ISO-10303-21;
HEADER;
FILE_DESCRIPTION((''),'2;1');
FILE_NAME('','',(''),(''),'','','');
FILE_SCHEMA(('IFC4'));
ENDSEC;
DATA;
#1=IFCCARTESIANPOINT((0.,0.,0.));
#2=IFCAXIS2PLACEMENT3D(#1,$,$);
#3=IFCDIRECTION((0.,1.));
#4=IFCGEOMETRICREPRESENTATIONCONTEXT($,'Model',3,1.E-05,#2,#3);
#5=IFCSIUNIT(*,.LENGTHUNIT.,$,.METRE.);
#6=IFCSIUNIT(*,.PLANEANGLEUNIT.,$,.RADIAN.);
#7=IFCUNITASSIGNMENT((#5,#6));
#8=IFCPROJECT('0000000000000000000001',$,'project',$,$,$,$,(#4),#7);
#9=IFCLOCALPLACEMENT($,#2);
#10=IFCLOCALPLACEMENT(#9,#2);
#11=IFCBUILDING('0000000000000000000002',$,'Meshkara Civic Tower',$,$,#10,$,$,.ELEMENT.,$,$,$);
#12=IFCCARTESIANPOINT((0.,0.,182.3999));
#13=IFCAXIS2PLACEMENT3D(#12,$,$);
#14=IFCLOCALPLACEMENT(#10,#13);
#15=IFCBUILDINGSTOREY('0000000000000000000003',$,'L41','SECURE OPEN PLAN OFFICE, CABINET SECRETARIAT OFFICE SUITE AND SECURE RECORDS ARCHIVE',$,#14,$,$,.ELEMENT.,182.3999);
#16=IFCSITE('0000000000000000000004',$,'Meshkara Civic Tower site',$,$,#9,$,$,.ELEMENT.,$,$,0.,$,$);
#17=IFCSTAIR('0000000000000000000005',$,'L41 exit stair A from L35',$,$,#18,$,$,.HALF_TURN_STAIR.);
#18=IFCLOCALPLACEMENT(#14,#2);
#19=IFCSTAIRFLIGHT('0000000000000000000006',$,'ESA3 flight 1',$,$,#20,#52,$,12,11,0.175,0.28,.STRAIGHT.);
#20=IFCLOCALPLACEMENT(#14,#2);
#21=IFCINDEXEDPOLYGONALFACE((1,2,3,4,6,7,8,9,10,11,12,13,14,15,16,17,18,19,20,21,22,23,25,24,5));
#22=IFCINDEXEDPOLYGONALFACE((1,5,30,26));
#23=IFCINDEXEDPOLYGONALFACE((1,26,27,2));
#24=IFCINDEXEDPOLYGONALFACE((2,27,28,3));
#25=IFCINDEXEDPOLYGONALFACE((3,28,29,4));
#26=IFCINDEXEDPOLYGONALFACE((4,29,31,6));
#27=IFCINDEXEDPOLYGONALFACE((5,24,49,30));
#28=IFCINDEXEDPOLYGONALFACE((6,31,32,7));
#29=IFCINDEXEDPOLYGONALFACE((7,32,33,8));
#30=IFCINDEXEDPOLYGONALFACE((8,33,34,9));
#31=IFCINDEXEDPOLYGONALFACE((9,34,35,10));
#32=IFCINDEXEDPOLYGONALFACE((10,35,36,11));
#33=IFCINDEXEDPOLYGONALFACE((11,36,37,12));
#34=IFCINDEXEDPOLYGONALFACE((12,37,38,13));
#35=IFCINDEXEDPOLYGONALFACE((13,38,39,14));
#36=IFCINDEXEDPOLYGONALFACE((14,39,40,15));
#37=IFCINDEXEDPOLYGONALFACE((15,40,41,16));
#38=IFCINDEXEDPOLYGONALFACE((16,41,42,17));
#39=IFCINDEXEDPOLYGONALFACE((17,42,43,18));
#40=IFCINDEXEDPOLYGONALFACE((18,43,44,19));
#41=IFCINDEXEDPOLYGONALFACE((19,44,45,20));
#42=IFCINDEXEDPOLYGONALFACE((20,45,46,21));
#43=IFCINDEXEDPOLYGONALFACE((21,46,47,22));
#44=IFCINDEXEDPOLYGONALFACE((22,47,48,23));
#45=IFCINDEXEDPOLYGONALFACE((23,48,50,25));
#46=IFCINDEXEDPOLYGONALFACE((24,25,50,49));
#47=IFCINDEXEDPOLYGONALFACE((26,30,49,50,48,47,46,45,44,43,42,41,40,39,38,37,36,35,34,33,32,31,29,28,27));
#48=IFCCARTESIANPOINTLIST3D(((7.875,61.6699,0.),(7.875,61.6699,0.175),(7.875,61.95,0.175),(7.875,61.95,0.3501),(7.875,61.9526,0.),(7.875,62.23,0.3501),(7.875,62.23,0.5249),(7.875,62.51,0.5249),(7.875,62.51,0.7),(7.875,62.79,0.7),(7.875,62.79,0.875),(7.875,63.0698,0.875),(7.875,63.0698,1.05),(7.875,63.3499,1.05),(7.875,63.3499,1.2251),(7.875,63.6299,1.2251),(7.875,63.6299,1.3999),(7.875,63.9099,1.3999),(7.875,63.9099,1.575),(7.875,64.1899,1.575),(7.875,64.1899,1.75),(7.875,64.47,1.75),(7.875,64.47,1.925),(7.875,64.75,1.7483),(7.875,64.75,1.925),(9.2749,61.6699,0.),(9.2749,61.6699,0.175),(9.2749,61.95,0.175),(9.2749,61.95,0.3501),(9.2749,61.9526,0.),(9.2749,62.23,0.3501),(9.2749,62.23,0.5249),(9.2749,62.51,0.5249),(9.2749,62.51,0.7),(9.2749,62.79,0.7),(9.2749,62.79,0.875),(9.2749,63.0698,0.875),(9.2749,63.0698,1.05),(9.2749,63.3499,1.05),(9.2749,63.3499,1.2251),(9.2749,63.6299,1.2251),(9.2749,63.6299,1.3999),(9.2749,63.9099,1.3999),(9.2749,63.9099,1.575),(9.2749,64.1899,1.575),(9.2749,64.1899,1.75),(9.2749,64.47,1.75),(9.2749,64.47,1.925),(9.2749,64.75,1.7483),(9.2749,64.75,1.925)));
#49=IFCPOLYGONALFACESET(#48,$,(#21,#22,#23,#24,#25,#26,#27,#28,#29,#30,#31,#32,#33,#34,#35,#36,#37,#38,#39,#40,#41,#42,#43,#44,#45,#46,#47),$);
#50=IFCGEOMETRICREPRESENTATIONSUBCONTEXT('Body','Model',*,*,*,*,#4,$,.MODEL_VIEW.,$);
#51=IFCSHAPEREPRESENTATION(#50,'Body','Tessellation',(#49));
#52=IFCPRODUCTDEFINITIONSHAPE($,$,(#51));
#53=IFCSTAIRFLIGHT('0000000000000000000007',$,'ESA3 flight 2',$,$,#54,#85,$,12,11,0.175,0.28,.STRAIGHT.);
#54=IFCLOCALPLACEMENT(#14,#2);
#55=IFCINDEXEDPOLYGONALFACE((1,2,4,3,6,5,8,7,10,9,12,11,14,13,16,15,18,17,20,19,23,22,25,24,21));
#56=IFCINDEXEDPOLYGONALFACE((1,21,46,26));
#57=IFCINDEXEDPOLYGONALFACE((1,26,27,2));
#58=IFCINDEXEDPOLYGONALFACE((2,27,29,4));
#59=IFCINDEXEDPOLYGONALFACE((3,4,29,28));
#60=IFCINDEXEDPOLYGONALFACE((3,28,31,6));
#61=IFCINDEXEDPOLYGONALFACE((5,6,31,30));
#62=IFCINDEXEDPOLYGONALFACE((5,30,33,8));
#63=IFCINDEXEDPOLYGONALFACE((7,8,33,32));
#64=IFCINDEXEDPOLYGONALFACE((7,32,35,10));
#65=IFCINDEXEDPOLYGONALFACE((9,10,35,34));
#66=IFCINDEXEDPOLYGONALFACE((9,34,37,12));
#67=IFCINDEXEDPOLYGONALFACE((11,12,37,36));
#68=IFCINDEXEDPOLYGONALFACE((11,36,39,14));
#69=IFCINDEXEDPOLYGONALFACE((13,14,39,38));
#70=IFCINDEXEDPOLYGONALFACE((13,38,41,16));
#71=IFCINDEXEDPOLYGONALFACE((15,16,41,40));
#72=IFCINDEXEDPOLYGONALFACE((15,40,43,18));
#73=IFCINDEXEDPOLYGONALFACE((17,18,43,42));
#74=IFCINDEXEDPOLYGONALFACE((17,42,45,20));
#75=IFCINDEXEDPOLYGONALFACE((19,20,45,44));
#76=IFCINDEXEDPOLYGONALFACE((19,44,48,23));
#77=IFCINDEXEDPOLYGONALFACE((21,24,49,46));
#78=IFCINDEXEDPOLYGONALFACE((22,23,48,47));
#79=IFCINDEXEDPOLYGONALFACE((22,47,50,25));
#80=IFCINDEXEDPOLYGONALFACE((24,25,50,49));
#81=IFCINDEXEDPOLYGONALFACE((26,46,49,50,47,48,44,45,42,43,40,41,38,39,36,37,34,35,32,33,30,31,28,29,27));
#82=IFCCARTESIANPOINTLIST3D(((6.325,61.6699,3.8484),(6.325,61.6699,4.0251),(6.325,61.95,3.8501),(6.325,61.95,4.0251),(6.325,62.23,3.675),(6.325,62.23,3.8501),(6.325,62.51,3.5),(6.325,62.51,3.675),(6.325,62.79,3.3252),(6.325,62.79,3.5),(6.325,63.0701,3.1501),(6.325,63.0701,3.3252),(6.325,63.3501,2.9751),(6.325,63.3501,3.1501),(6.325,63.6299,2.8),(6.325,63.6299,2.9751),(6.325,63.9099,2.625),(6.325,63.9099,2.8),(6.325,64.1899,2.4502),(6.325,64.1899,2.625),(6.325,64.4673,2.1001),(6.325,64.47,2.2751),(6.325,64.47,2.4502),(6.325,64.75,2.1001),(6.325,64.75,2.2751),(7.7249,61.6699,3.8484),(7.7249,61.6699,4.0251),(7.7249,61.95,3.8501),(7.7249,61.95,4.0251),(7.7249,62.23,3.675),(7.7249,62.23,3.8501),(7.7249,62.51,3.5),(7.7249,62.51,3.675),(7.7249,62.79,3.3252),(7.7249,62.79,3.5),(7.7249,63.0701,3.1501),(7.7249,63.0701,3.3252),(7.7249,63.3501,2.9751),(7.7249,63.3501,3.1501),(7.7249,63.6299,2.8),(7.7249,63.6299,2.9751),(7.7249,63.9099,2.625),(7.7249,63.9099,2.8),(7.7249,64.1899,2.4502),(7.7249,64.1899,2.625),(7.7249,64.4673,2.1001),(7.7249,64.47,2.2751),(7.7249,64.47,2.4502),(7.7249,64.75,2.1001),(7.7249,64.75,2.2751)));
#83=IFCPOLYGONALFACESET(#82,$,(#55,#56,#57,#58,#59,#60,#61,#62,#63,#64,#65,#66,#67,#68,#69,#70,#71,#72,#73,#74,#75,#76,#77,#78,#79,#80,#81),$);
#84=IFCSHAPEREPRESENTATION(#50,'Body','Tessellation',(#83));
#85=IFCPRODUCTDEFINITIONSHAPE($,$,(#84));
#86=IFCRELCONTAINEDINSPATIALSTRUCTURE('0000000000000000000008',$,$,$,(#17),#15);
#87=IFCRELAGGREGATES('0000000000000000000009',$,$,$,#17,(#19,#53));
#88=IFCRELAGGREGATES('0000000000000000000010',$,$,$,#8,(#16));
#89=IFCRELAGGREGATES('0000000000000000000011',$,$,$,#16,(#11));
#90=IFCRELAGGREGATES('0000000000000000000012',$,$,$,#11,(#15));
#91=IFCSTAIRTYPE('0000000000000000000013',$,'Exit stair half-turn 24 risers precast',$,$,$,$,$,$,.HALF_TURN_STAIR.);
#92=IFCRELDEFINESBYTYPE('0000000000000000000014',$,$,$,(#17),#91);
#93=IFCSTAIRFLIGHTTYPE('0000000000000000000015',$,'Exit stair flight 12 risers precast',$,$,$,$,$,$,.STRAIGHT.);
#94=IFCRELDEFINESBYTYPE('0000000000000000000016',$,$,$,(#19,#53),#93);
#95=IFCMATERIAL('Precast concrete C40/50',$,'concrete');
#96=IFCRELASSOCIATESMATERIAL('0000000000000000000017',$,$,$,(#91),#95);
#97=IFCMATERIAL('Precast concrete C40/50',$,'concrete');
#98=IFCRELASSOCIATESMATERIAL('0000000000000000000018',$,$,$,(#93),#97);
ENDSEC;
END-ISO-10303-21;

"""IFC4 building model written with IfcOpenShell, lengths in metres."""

from ifc_helpers import new_model, si_unit, direction, frame, origin, place, context, subcontext, project, spatial, polyline, outline, extrude, material, type_object, element, aggregate, save


model = new_model("IFC4")

# Units and contexts
model_context = context("Model", 3, precision=1e-05, world=origin(), true_north=direction((0.0, 1.0)))
body_context = subcontext(model_context, "Body", "Model", "MODEL_VIEW")
ifc_project = project(units=[si_unit("LENGTHUNIT", "METRE"), si_unit("PLANEANGLEUNIT", "RADIAN")], contexts=[model_context])

# Site, building, storey
site_placement = place(None, origin())
site = spatial("IfcSite", under=ifc_project, at=site_placement, Name="Meshkara Civic Tower site", CompositionType="ELEMENT", RefElevation=0.0)
building_placement = place(site_placement, origin())
building = spatial("IfcBuilding", under=site, at=building_placement, Name="Meshkara Civic Tower", CompositionType="ELEMENT")
storey_placement = place(building_placement, frame((0.0, 0.0, 182.3999)))
storey = spatial("IfcBuildingStorey", under=building, at=storey_placement, Name="L41", Description="SECURE OPEN PLAN OFFICE, CABINET SECRETARIAT OFFICE SUITE AND SECURE RECORDS ARCHIVE", CompositionType="ELEMENT", Elevation=182.3999)

# Stair, stair flights
ifc_material_1 = material(Name="Precast concrete C40/50", Category="concrete")
stair_type = type_object("IfcStairType", Name="Exit stair half-turn 24 risers precast", PredefinedType="HALF_TURN_STAIR", material=ifc_material_1)
stair_placement = place(storey_placement, origin())
stair = element("IfcStair", 1, at=stair_placement, inside=storey, type_object=stair_type, Name="L41 exit stair A from L35", PredefinedType="HALF_TURN_STAIR")
ifc_material_2 = material(Name="Precast concrete C40/50", Category="concrete")
stair_flight_type = type_object("IfcStairFlightType", Name="Exit stair flight 12 risers precast", PredefinedType="STRAIGHT", material=ifc_material_2)
stair_flight_1_placement = place(storey_placement, frame((8.575, 61.6699, 0.0), z_axis=(0.0, 0.0, 1.0), x_axis=(0.0, 1.0, 0.0)))
stair_flight_1 = element("IfcStairFlight", 2, at=stair_flight_1_placement, type_object=stair_flight_type, Name="ESA3 flight 1", NumberOfRisers=12, NumberOfTreads=11, PredefinedType="STRAIGHT", RiserHeight=0.175, TreadLength=0.28, context=body_context, shape_type="SweptSolid", body=[
    extrude(outline(polyline([(0.0, 0.0), (0.0, 0.175), (0.28, 0.175), (0.28, 0.3501), (0.5601, 0.3501), (0.5601, 0.5249), (0.8401, 0.5249), (0.8401, 0.7), (1.1201, 0.7), (1.1201, 0.875), (1.3999, 0.875), (1.3999, 1.05), (1.6799, 1.05), (1.6799, 1.2251), (1.96, 1.2251), (1.96, 1.3999), (2.24, 1.3999), (2.24, 1.575), (2.52, 1.575), (2.52, 1.75), (2.8, 1.75), (2.8, 1.925), (3.0801, 1.925), (3.0801, 2.1001), (3.0801, 1.7483), (0.2827, 0.0), (0.0, 0.0)])), frame((0.0, 0.7, 0.0), z_axis=(0.0, -1.0, 0.0), x_axis=(1.0, 0.0, 0.0)), (0.0, 0.0, 1.0), 1.3999),
])
stair_flight_2_placement = place(storey_placement, frame((7.0249, 64.75, 2.1001), z_axis=(0.0, 0.0, 1.0), x_axis=(0.0, -1.0, 0.0)))
stair_flight_2 = element("IfcStairFlight", 3, at=stair_flight_2_placement, type_object=stair_flight_type, Name="ESA3 flight 2", NumberOfRisers=12, NumberOfTreads=11, PredefinedType="STRAIGHT", RiserHeight=0.175, TreadLength=0.28, context=body_context, shape_type="SweptSolid", body=[
    extrude(outline(polyline([(0.0, 0.0), (0.0, 0.175), (0.28, 0.175), (0.28, 0.3501), (0.5601, 0.3501), (0.5601, 0.5249), (0.8401, 0.5249), (0.8401, 0.7), (1.1201, 0.7), (1.1201, 0.875), (1.3999, 0.875), (1.3999, 1.05), (1.6799, 1.05), (1.6799, 1.2251), (1.96, 1.2251), (1.96, 1.3999), (2.24, 1.3999), (2.24, 1.575), (2.52, 1.575), (2.52, 1.75), (2.8, 1.75), (2.8, 1.925), (3.0801, 1.925), (3.0801, 2.1001), (3.0801, 1.7483), (0.2827, 0.0), (0.0, 0.0)])), frame((0.0, 0.7, 0.0), z_axis=(0.0, -1.0, 0.0), x_axis=(1.0, 0.0, 0.0)), (0.0, 0.0, 1.0), 1.3999),
])
aggregate(stair, [stair_flight_1, stair_flight_2])

save(model, "model.ifc")
